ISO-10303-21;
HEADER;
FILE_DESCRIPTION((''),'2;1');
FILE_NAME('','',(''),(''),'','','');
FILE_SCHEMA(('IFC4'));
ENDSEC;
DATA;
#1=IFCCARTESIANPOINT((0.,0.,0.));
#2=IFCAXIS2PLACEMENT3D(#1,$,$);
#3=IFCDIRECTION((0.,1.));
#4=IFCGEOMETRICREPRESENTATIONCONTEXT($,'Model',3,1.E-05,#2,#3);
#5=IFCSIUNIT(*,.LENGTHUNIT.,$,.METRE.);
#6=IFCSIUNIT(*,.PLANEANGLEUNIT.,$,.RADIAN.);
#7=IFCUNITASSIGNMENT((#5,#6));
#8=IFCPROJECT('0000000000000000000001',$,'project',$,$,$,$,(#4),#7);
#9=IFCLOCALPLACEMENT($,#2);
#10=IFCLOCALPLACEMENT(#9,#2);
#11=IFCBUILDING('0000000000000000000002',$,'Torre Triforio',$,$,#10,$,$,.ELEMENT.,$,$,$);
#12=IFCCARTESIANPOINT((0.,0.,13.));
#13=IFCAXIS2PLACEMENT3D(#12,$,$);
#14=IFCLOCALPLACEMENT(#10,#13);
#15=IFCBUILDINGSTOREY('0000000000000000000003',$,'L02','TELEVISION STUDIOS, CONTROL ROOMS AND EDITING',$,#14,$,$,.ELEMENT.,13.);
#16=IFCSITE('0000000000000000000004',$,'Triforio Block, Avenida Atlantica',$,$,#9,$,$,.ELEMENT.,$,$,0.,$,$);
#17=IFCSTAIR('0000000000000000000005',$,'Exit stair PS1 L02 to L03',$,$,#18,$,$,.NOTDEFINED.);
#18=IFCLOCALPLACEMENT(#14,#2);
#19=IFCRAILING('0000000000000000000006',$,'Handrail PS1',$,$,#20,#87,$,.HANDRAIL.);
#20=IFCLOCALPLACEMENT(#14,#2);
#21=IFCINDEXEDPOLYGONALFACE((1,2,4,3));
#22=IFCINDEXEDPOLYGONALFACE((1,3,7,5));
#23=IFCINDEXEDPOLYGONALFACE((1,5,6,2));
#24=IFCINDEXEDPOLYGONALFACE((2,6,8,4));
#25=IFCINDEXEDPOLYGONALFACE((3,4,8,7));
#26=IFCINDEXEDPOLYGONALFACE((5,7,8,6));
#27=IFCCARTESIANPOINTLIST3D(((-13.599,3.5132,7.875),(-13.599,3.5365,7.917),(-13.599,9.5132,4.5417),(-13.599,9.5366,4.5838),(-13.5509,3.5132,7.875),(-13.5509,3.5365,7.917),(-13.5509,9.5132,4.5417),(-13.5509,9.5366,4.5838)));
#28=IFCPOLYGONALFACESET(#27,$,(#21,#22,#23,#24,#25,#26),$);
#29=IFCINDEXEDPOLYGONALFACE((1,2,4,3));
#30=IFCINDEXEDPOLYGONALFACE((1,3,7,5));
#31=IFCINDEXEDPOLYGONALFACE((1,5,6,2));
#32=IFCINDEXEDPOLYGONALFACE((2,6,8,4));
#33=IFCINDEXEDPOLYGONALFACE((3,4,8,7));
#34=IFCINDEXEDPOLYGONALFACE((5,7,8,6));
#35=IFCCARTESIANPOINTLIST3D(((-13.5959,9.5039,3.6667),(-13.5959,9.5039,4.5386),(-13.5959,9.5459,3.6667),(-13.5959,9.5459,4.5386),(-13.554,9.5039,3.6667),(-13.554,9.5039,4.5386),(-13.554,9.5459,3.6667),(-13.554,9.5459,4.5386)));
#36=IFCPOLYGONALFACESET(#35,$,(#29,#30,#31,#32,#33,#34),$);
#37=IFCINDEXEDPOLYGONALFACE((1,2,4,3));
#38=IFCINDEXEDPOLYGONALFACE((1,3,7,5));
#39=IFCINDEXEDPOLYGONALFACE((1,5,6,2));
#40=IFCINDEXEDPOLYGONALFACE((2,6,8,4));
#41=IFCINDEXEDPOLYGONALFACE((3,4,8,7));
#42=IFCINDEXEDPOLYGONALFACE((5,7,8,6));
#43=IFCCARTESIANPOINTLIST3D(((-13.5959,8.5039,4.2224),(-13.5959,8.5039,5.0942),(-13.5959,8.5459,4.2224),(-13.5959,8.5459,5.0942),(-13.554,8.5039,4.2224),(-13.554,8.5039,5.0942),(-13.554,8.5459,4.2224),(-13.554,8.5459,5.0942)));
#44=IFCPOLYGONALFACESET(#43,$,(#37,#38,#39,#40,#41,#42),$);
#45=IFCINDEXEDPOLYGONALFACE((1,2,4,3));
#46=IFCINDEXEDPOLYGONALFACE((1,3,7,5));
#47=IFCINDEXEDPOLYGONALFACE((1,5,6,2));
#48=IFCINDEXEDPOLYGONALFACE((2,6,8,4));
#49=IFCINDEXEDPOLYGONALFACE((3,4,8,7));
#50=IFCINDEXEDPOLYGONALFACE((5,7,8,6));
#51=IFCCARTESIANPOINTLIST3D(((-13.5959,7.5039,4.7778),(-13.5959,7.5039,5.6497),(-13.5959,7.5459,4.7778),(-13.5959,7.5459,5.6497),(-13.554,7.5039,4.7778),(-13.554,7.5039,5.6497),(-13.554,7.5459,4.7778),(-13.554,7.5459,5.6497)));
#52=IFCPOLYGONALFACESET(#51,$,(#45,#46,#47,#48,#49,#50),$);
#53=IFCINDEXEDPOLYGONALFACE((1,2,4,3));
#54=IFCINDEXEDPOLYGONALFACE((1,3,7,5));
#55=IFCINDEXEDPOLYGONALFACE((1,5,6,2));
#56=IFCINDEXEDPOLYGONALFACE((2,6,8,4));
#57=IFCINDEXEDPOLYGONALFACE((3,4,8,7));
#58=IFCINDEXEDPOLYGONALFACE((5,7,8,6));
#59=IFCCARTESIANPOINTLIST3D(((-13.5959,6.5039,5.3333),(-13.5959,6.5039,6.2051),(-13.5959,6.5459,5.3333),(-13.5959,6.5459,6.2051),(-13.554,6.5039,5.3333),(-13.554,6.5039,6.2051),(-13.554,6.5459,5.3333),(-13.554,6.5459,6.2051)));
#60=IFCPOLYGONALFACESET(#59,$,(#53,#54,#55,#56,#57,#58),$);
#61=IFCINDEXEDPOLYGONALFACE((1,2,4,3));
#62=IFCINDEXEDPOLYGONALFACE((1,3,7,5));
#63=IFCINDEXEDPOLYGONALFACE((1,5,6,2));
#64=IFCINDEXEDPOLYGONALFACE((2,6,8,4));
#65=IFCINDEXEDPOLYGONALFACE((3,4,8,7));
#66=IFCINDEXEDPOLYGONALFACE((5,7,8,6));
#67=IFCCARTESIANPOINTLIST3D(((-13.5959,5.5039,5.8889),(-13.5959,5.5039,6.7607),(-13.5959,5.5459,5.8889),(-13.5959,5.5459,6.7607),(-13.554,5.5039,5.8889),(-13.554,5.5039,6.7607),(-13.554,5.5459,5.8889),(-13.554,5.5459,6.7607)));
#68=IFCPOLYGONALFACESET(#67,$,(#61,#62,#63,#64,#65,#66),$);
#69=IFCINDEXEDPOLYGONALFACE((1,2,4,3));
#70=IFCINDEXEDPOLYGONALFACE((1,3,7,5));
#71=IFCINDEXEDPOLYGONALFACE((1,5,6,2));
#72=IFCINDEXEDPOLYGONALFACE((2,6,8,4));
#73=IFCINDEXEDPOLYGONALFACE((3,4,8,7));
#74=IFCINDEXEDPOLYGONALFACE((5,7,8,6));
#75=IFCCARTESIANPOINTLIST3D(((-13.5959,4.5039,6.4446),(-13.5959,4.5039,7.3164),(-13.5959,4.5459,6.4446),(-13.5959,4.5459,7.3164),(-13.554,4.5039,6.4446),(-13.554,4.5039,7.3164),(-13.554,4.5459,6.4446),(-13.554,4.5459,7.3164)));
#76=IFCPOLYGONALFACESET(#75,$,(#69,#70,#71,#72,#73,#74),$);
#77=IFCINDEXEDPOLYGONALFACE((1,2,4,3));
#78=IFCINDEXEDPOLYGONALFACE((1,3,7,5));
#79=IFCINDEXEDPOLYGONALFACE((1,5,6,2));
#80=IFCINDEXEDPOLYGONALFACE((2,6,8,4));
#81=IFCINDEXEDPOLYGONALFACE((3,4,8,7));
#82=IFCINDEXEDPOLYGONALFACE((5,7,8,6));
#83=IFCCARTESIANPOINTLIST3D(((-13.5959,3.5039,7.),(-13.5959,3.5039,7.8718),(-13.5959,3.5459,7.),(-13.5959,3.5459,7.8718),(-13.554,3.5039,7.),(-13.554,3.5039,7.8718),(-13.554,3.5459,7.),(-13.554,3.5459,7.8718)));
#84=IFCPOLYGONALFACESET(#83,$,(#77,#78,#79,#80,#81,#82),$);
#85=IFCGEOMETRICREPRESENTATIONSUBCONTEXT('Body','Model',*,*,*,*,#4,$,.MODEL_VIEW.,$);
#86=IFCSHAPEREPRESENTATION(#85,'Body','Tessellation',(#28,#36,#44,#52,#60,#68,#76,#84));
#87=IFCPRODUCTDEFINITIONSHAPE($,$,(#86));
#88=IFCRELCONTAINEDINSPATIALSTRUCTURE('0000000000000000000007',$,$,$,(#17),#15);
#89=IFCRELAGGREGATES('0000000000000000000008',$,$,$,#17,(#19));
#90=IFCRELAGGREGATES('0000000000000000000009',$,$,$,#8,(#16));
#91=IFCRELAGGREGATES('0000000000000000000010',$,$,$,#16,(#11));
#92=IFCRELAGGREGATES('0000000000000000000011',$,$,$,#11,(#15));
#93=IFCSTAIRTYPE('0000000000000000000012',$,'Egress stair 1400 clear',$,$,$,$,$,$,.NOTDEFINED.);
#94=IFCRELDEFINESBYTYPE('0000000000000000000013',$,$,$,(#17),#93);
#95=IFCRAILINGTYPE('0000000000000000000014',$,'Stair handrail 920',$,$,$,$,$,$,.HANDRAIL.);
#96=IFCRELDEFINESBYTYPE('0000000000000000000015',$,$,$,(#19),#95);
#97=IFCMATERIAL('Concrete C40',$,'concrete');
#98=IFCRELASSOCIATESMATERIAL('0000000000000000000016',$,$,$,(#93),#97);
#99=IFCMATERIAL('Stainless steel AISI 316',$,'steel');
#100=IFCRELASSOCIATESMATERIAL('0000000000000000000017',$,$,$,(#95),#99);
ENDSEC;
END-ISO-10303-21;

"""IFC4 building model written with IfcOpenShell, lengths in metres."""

from ifc_helpers import new_model, si_unit, direction, frame, origin, origin_2d, place, context, subcontext, project, spatial, rectangle, extrude, material, type_object, element, aggregate, save


model = new_model("IFC4")

# Units and contexts
model_context = context("Model", 3, precision=1e-05, world=origin(), true_north=direction((0.0, 1.0)))
body_context = subcontext(model_context, "Body", "Model", "MODEL_VIEW")
ifc_project = project(units=[si_unit("LENGTHUNIT", "METRE"), si_unit("PLANEANGLEUNIT", "RADIAN")], contexts=[model_context])

# Site, building, storey
site_placement = place(None, origin())
site = spatial("IfcSite", under=ifc_project, at=site_placement, Name="Triforio Block, Avenida Atlantica", CompositionType="ELEMENT", RefElevation=0.0)
building_placement = place(site_placement, origin())
building = spatial("IfcBuilding", under=site, at=building_placement, Name="Torre Triforio", CompositionType="ELEMENT")
storey_placement = place(building_placement, frame((0.0, 0.0, 13.0)))
storey = spatial("IfcBuildingStorey", under=building, at=storey_placement, Name="L02", Description="TELEVISION STUDIOS, CONTROL ROOMS AND EDITING", CompositionType="ELEMENT", Elevation=13.0)

# Stair
ifc_material_1 = material(Name="Concrete C40", Category="concrete")
stair_type_1 = type_object("IfcStairType", Name="Egress stair 1400 clear", PredefinedType="NOTDEFINED", material=ifc_material_1)
stair_1_placement = place(storey_placement, origin())
stair_1 = element("IfcStair", 1, at=stair_1_placement, inside=storey, type_object=stair_type_1, Name="Exit stair PS1 L02 to L03", PredefinedType="NOTDEFINED")

# Shared definitions
ifc_material_2 = material(Name="Stainless steel AISI 316", Category="steel")

# Railing
railing_type_1 = type_object("IfcRailingType", Name="Stair handrail 920", PredefinedType="HANDRAIL", material=ifc_material_2)
railing_1_placement = place(storey_placement, frame((-13.575, 9.5249, 3.6667)))
railing_1 = element("IfcRailing", 2, at=railing_1_placement, type_object=railing_type_1, Name="Handrail PS1", PredefinedType="HANDRAIL", context=body_context, shape_type="SweptSolid", body=[
    extrude(rectangle(XDim=0.0481, YDim=0.0481, at=origin_2d()), frame((0.0, 0.0, 0.896), z_axis=(0.0, -0.874162, 0.485634), x_axis=(1.0, 0.0, 0.0)), (0.0, 0.0, 1.0), 6.8638),
    extrude(rectangle(XDim=0.042, YDim=0.042, at=origin_2d()), origin(), (0.0, 0.0, 1.0), 0.8718),
    extrude(rectangle(XDim=0.042, YDim=0.042, at=origin_2d()), frame((0.0, -1.0, 0.5557)), (0.0, 0.0, 1.0), 0.8718),
    extrude(rectangle(XDim=0.042, YDim=0.042, at=origin_2d()), frame((0.0, -2.0, 1.1111)), (0.0, 0.0, 1.0), 0.8718),
    extrude(rectangle(XDim=0.042, YDim=0.042, at=origin_2d()), frame((0.0, -3.0, 1.6665)), (0.0, 0.0, 1.0), 0.8718),
    extrude(rectangle(XDim=0.042, YDim=0.042, at=origin_2d()), frame((0.0, -4.0, 2.2222)), (0.0, 0.0, 1.0), 0.8718),
    extrude(rectangle(XDim=0.042, YDim=0.042, at=origin_2d()), frame((0.0, -5.0, 2.7778)), (0.0, 0.0, 1.0), 0.8718),
    extrude(rectangle(XDim=0.042, YDim=0.042, at=origin_2d()), frame((0.0, -6.0, 3.3333)), (0.0, 0.0, 1.0), 0.8718),
])
aggregate(stair_1, [railing_1])

save(model, "model.ifc")
